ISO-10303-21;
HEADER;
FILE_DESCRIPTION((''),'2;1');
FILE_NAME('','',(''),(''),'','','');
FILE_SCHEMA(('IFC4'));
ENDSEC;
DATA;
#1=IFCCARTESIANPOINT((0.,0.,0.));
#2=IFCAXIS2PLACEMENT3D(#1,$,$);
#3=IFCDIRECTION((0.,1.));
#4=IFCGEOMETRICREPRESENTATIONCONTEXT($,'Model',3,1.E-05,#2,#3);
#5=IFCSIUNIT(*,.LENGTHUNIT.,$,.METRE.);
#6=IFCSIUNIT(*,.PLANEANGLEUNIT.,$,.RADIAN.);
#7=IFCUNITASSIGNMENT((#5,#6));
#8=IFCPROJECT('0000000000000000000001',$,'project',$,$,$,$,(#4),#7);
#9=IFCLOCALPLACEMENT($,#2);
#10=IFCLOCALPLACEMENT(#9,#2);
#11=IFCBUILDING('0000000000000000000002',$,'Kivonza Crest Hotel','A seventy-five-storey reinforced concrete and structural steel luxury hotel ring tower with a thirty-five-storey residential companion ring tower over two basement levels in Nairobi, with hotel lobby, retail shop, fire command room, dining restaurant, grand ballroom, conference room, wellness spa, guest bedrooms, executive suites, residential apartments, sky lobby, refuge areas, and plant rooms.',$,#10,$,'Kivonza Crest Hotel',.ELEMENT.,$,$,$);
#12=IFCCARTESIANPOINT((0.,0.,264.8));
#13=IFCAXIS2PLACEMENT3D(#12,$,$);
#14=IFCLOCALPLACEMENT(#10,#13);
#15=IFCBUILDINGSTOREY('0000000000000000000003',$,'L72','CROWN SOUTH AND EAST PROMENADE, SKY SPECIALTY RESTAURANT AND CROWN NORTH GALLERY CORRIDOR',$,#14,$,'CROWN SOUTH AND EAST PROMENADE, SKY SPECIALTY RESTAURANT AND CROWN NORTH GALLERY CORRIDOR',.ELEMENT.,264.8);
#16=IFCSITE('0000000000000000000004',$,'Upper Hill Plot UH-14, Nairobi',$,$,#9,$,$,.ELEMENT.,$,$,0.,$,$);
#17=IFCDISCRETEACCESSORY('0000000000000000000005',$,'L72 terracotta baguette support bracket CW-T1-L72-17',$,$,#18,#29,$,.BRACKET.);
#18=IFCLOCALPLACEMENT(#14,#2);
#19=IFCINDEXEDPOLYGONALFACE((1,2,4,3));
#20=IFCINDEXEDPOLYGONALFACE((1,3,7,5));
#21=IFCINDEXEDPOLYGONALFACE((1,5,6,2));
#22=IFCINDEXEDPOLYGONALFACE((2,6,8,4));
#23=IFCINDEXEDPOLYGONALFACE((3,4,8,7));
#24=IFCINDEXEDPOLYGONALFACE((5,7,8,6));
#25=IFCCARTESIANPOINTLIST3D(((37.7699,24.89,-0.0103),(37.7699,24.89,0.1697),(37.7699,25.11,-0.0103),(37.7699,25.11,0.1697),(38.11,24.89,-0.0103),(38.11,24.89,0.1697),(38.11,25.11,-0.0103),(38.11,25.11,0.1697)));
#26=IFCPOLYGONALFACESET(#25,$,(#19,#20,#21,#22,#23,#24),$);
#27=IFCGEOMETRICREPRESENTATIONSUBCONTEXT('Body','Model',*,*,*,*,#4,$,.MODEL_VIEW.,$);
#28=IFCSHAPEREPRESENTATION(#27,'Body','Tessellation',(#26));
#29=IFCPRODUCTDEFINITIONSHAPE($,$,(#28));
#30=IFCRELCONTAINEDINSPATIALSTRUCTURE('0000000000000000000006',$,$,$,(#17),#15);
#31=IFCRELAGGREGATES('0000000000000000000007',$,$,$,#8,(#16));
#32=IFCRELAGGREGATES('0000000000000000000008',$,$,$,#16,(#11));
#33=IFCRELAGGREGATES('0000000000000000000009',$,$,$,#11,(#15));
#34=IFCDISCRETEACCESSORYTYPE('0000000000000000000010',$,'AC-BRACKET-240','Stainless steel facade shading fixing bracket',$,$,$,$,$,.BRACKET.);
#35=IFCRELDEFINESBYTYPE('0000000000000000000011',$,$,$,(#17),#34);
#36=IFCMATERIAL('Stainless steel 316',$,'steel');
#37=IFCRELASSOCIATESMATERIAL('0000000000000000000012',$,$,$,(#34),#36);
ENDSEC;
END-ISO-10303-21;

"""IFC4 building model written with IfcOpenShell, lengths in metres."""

from ifc_helpers import new_model, si_unit, direction, frame, origin, origin_2d, place, context, subcontext, project, spatial, rectangle, extrude, material, type_object, element, save


model = new_model("IFC4")

# Units and contexts
model_context = context("Model", 3, precision=1e-05, world=origin(), true_north=direction((0.0, 1.0)))
body_context = subcontext(model_context, "Body", "Model", "MODEL_VIEW")
ifc_project = project(units=[si_unit("LENGTHUNIT", "METRE"), si_unit("PLANEANGLEUNIT", "RADIAN")], contexts=[model_context])

# Site, building, storey
site_placement = place(None, origin())
site = spatial("IfcSite", under=ifc_project, at=site_placement, Name="Upper Hill Plot UH-14, Nairobi", CompositionType="ELEMENT", RefElevation=0.0)
building_placement = place(site_placement, origin())
building = spatial("IfcBuilding", under=site, at=building_placement, Name="Kivonza Crest Hotel", Description="A seventy-five-storey reinforced concrete and structural steel luxury hotel ring tower with a thirty-five-storey residential companion ring tower over two basement levels in Nairobi, with hotel lobby, retail shop, fire command room, dining restaurant, grand ballroom, conference room, wellness spa, guest bedrooms, executive suites, residential apartments, sky lobby, refuge areas, and plant rooms.", LongName="Kivonza Crest Hotel", CompositionType="ELEMENT")
storey_placement = place(building_placement, frame((0.0, 0.0, 264.8)))
storey = spatial("IfcBuildingStorey", under=building, at=storey_placement, Name="L72", Description="CROWN SOUTH AND EAST PROMENADE, SKY SPECIALTY RESTAURANT AND CROWN NORTH GALLERY CORRIDOR", LongName="CROWN SOUTH AND EAST PROMENADE, SKY SPECIALTY RESTAURANT AND CROWN NORTH GALLERY CORRIDOR", CompositionType="ELEMENT", Elevation=264.8)

# Discrete accessory
ifc_material_1 = material(Name="Stainless steel 316", Category="steel")
discrete_accessory_type = type_object("IfcDiscreteAccessoryType", Name="AC-BRACKET-240", Description="Stainless steel facade shading fixing bracket", PredefinedType="BRACKET", material=ifc_material_1)
discrete_accessory_placement = place(storey_placement, frame((37.9399, 25.0, -0.0103), z_axis=(0.0, 0.0, 1.0), x_axis=(0.0, 1.0, 0.0)))
element("IfcDiscreteAccessory", 1, at=discrete_accessory_placement, inside=storey, type_object=discrete_accessory_type, Name="L72 terracotta baguette support bracket CW-T1-L72-17", PredefinedType="BRACKET", context=body_context, shape_type="SweptSolid", body=[
    extrude(rectangle(XDim=0.22, YDim=0.3401, at=origin_2d()), origin(), (0.0, 0.0, 1.0), 0.1799),
])

save(model, "model.ifc")
